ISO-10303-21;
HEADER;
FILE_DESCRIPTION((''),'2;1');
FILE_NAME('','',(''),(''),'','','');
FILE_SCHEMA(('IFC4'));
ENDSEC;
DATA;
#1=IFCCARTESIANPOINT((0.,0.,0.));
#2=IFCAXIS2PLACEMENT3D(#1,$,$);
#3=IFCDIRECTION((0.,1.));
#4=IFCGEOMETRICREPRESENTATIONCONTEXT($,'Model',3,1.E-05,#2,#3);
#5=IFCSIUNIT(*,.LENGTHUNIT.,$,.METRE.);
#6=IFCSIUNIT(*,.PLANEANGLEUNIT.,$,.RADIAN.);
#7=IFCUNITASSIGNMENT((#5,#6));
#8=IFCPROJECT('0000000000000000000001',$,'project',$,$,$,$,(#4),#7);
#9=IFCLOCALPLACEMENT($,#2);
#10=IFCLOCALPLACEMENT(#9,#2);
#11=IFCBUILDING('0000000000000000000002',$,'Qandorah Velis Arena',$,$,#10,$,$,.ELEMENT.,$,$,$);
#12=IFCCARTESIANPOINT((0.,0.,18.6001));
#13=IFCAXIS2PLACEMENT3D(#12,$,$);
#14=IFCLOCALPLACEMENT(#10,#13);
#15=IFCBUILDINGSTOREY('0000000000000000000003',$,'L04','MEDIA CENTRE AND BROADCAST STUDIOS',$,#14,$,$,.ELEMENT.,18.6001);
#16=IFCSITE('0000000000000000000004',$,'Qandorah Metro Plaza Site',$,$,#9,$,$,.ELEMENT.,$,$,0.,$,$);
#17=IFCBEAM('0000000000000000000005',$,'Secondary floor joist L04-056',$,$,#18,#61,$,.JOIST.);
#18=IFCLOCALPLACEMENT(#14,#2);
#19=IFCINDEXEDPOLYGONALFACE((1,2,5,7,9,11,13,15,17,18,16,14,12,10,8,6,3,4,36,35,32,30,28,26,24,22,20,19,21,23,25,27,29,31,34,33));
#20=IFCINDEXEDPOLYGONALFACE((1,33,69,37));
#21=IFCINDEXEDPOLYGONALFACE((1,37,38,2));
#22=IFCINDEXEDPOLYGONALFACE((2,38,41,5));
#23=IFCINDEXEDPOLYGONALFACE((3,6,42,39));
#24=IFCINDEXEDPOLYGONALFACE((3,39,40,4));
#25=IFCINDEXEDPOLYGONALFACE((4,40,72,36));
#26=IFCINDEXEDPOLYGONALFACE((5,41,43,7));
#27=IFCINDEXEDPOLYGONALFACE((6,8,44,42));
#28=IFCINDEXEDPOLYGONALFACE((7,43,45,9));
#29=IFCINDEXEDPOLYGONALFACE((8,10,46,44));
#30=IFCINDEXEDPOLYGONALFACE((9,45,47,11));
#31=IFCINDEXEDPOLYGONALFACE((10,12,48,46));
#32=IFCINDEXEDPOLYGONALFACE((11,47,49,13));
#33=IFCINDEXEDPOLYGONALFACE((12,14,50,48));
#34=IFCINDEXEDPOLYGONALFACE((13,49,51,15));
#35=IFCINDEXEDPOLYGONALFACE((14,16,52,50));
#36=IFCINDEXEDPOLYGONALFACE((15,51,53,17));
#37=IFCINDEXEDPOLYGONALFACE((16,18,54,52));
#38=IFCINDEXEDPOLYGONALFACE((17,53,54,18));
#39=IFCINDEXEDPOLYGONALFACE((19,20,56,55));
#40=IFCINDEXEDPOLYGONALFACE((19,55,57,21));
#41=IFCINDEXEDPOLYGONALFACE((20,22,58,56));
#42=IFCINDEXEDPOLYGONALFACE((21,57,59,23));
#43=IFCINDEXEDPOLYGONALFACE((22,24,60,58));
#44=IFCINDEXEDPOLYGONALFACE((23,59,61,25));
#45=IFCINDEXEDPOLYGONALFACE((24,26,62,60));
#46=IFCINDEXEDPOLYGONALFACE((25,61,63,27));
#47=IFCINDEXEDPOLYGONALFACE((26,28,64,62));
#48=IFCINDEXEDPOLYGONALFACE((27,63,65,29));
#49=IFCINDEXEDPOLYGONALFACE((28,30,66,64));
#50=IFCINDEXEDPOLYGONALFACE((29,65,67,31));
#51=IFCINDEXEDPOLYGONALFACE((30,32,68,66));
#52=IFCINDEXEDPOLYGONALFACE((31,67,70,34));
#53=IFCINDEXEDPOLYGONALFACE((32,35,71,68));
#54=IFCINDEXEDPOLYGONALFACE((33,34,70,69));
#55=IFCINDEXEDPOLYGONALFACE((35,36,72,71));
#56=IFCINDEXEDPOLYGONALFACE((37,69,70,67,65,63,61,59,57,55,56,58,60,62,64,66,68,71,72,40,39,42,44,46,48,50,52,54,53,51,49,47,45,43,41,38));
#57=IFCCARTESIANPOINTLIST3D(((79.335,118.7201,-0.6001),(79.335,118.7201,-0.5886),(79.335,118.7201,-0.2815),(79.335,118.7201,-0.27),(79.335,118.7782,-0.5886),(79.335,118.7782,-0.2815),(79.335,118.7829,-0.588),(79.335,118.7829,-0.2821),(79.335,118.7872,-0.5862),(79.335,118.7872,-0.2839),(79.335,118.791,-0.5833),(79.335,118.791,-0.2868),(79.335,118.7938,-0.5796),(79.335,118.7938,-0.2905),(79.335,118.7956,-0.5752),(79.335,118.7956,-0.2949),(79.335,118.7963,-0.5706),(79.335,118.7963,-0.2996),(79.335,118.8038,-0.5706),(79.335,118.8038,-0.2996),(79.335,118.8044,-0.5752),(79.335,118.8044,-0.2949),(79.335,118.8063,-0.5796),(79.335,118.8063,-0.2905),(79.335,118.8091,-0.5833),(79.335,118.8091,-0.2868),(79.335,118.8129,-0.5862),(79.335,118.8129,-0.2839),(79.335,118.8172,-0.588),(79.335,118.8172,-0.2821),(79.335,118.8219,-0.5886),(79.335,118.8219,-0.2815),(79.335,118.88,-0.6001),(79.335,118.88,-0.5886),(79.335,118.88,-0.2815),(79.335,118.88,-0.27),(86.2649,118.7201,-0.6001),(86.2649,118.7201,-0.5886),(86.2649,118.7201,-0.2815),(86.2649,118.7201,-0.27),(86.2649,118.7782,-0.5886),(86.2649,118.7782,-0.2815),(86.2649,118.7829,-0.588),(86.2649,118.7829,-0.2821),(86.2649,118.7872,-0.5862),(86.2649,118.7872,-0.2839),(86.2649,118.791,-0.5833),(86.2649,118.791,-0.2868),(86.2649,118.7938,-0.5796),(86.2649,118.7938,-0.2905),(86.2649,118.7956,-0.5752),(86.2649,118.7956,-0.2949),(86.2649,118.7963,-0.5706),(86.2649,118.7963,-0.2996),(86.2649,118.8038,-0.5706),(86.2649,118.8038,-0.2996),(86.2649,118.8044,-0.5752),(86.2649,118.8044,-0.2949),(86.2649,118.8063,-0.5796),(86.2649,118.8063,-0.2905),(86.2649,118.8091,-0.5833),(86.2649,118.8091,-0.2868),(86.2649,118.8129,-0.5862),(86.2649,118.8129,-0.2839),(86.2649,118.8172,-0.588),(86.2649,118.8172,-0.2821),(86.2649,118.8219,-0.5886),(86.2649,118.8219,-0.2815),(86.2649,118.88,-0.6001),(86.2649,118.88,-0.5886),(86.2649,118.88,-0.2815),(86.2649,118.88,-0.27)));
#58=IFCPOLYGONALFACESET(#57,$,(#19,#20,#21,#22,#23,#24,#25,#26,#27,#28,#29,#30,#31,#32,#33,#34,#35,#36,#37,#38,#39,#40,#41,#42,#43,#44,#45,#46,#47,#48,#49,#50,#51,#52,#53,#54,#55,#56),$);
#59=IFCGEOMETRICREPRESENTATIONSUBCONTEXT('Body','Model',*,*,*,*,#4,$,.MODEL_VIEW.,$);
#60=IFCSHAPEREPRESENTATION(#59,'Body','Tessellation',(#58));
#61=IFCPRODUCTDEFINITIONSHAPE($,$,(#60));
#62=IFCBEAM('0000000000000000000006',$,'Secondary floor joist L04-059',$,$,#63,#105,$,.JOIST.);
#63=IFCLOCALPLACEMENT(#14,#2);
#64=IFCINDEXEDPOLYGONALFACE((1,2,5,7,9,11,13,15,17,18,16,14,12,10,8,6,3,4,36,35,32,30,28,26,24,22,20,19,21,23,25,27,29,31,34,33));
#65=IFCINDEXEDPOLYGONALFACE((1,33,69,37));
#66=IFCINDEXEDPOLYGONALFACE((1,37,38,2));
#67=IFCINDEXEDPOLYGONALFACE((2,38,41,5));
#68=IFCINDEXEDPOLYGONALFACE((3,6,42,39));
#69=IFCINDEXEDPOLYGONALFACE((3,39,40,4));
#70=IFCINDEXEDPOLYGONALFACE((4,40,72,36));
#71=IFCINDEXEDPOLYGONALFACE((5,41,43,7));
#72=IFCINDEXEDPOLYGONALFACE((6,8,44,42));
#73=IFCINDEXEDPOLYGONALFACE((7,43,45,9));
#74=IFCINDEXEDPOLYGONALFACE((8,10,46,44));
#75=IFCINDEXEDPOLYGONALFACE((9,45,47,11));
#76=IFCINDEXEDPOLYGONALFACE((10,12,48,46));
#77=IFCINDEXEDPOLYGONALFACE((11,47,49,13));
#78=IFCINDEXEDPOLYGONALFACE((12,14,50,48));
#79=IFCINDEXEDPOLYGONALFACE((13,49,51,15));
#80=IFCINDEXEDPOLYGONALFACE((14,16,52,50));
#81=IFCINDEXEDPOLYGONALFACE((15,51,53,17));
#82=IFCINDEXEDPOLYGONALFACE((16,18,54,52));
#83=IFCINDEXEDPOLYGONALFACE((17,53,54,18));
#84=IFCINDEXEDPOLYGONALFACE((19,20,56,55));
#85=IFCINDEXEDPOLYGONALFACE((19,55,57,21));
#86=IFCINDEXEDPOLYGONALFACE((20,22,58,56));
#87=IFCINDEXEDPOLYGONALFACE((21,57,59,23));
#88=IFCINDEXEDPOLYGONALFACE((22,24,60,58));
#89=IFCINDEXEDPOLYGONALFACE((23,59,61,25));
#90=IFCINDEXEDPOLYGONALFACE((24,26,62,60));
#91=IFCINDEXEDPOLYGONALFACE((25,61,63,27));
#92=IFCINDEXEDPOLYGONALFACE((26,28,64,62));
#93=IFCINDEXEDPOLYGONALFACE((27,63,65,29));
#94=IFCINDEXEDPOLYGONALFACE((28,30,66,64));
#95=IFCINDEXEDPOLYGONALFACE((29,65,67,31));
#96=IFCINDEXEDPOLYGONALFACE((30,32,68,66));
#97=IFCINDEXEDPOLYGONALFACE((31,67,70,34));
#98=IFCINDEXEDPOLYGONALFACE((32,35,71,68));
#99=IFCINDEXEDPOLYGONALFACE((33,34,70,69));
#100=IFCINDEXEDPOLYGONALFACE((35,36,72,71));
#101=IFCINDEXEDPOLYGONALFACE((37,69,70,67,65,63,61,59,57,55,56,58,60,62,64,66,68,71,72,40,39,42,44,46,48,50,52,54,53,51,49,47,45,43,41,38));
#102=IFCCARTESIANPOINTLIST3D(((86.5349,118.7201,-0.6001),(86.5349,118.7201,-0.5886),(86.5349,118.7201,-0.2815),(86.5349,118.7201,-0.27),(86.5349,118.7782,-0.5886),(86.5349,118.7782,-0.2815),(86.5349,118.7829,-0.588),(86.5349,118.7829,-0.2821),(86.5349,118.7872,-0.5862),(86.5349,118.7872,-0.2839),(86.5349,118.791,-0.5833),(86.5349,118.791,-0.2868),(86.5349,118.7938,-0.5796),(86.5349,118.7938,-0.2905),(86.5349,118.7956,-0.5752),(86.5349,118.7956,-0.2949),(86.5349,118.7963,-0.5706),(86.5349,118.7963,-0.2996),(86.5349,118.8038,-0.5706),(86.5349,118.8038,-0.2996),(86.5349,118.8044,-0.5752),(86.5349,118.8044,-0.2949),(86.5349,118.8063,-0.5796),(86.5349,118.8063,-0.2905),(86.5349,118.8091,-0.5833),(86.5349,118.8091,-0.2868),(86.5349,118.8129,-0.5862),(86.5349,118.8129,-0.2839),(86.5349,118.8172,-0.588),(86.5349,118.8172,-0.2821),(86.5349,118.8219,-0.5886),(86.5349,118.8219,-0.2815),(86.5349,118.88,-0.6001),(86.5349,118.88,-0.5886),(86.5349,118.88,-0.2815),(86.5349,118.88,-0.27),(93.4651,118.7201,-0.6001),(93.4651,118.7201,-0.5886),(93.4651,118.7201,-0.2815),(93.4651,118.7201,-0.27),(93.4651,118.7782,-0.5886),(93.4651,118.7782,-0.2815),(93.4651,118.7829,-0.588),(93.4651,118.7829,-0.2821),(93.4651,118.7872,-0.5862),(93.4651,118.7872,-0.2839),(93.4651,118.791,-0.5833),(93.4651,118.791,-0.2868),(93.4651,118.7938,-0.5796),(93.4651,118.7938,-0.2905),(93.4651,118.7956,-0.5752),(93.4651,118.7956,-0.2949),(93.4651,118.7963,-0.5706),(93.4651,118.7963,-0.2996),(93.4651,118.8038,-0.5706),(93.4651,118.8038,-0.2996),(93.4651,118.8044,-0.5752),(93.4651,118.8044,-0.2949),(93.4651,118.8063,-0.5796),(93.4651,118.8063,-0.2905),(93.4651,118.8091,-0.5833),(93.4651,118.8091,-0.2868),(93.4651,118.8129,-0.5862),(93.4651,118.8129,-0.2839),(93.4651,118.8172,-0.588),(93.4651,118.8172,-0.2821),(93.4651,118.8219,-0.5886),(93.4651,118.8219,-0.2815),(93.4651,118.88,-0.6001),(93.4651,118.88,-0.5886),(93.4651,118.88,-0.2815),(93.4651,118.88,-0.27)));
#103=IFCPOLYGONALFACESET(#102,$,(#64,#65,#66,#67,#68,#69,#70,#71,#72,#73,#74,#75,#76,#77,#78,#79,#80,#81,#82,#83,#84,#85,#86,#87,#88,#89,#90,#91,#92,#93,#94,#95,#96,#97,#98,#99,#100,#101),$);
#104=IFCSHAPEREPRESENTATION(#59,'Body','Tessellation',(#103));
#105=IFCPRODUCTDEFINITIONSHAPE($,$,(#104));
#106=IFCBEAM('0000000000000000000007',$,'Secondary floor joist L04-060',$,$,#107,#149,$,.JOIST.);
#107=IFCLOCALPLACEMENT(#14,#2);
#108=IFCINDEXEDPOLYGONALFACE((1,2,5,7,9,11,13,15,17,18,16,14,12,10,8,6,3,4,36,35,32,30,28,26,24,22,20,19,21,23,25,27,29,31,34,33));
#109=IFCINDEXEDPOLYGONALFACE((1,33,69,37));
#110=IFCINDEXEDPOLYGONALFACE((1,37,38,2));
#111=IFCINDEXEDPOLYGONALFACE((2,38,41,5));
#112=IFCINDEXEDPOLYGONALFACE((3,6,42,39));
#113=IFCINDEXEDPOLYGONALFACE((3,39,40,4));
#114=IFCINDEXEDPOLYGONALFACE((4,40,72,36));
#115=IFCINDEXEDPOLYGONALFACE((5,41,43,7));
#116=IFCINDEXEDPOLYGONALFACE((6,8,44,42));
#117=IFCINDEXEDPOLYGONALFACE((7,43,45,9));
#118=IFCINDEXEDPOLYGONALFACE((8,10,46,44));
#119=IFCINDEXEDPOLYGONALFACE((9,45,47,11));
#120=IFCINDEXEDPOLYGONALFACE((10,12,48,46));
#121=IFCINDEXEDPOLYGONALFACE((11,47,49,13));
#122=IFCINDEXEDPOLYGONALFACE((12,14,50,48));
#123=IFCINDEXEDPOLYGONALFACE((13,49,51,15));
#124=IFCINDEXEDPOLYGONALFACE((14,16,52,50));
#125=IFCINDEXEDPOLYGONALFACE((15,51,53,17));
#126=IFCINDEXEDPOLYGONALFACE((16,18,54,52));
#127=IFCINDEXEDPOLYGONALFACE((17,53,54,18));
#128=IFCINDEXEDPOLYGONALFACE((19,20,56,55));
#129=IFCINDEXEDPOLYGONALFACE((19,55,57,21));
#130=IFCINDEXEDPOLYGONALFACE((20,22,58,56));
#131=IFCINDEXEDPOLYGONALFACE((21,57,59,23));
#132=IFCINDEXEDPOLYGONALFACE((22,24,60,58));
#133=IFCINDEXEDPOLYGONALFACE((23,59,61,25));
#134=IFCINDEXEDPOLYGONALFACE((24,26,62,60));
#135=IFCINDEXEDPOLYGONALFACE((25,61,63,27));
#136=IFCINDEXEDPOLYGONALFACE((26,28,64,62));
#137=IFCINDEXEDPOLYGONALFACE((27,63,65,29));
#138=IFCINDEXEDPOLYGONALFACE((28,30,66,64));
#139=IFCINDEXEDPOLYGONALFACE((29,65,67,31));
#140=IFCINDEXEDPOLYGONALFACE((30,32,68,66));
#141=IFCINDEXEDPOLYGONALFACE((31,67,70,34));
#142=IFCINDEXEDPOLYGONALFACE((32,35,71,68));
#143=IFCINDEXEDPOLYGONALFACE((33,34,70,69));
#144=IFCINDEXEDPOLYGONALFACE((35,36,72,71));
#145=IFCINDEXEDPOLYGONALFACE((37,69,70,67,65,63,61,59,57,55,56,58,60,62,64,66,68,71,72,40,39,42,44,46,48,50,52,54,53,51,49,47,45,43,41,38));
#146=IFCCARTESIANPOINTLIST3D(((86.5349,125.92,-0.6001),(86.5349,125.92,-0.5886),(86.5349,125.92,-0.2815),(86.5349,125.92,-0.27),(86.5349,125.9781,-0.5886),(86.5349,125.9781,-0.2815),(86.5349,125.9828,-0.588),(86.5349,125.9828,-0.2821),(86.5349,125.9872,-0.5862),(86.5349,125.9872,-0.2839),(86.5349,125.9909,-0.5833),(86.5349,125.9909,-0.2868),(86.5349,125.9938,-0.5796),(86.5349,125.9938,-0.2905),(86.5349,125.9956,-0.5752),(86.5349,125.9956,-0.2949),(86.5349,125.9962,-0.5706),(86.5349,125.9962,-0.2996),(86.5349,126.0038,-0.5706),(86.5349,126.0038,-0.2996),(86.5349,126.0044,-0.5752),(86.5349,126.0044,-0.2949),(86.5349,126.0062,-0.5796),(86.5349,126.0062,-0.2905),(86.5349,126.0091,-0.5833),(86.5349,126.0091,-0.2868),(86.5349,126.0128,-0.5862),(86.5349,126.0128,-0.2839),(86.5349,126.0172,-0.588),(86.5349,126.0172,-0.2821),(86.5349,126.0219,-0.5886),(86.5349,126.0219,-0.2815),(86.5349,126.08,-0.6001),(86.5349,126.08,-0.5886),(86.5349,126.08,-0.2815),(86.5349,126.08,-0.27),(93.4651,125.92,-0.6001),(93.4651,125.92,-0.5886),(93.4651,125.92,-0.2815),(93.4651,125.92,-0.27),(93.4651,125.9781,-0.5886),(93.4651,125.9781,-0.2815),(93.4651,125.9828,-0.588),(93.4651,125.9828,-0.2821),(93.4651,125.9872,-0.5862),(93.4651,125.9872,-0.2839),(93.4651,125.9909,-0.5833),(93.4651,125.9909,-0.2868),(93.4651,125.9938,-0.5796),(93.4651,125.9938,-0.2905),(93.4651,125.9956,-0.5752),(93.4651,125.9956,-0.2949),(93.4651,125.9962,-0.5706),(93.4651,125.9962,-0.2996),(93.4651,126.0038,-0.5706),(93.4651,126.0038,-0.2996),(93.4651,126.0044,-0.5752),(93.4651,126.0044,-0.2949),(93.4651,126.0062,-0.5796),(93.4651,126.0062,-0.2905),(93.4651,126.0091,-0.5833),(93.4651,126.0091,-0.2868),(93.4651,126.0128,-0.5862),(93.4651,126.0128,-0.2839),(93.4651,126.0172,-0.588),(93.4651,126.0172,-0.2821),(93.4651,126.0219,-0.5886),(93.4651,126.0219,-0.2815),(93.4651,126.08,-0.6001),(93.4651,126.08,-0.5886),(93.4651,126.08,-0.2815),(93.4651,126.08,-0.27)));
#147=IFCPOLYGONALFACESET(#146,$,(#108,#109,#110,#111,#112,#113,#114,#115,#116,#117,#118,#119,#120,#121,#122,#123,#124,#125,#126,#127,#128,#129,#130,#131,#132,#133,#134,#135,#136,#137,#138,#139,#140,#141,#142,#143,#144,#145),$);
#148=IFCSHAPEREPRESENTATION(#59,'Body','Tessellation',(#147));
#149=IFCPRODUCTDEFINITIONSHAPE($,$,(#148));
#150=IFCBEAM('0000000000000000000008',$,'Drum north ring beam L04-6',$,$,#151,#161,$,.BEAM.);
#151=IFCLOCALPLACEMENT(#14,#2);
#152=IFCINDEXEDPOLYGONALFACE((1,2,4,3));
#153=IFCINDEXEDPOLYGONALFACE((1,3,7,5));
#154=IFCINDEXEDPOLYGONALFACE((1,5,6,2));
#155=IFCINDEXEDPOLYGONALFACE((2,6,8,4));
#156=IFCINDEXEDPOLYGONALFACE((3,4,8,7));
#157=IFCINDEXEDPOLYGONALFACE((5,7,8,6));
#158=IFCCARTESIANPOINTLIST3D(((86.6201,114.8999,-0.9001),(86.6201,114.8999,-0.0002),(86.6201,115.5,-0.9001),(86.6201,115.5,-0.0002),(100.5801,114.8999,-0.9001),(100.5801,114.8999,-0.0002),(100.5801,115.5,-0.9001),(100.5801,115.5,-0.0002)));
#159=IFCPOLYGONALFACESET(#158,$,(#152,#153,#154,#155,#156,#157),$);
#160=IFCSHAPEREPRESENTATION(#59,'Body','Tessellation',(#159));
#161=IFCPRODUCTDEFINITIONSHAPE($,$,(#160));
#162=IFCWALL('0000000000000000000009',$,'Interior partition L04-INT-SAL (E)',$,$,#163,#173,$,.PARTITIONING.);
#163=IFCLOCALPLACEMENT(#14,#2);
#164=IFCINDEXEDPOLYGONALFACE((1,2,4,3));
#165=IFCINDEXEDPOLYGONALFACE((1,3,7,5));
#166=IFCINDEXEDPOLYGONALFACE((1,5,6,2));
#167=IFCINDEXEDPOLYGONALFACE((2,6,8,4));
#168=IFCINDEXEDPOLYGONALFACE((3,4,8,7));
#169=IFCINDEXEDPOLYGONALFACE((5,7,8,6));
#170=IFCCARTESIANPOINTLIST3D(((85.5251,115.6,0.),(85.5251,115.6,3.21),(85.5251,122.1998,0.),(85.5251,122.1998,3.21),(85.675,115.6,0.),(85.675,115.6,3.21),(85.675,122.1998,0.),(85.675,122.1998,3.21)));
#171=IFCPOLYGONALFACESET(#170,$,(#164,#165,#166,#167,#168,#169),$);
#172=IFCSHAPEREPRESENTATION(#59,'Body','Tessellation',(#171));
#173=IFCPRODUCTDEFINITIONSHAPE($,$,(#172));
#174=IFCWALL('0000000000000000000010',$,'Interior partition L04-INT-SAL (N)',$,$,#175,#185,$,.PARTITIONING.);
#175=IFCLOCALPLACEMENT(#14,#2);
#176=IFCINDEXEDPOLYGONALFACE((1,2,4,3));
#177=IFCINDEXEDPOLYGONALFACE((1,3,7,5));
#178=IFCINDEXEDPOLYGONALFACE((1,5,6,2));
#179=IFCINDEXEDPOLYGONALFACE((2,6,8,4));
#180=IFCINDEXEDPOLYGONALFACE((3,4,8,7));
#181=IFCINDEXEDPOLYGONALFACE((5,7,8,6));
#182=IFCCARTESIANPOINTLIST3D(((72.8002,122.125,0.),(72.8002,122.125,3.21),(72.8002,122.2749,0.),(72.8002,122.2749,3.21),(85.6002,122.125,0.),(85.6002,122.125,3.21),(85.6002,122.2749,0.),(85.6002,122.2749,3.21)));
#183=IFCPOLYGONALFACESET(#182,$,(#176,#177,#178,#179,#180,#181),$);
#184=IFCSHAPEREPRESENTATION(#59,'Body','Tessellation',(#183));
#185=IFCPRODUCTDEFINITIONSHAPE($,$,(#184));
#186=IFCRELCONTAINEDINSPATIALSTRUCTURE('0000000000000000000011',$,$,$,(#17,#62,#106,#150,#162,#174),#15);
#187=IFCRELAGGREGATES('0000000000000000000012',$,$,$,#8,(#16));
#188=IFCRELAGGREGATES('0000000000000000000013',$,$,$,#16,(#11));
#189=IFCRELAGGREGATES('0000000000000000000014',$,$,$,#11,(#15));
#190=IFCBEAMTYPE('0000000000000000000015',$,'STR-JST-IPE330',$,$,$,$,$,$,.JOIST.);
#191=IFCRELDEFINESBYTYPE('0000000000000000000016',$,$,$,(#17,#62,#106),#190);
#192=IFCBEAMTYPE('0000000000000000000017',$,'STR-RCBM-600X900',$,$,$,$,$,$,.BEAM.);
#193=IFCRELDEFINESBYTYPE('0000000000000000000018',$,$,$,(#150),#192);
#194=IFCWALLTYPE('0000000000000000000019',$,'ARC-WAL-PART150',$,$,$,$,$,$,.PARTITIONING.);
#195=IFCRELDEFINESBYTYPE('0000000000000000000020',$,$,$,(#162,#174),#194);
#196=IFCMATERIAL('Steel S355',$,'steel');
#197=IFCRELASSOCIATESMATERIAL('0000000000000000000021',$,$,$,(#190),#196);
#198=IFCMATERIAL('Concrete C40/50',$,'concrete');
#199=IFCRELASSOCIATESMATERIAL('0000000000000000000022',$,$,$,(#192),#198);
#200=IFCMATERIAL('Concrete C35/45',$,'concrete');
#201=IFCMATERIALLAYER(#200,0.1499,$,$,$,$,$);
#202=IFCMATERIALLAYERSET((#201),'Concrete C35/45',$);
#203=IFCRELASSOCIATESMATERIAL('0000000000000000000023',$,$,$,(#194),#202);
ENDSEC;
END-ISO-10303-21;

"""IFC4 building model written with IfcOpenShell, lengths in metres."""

from ifc_helpers import new_model, si_unit, direction, frame, frame_2d, origin, origin_2d, place, context, subcontext, project, spatial, rectangle, i_section, extrude, material, layer, layer_set, material_profile, profile_set, type_object, element, save


model = new_model("IFC4")

# Units and contexts
model_context = context("Model", 3, precision=1e-05, world=origin(), true_north=direction((0.0, 1.0)))
body_context = subcontext(model_context, "Body", "Model", "MODEL_VIEW")
ifc_project = project(units=[si_unit("LENGTHUNIT", "METRE"), si_unit("PLANEANGLEUNIT", "RADIAN")], contexts=[model_context])

# Site, building, storey
site_placement = place(None, origin())
site = spatial("IfcSite", under=ifc_project, at=site_placement, Name="Qandorah Metro Plaza Site", CompositionType="ELEMENT", RefElevation=0.0)
building_placement = place(site_placement, origin())
building = spatial("IfcBuilding", under=site, at=building_placement, Name="Qandorah Velis Arena", CompositionType="ELEMENT")
storey_placement = place(building_placement, frame((0.0, 0.0, 18.6001)))
storey = spatial("IfcBuildingStorey", under=building, at=storey_placement, Name="L04", Description="MEDIA CENTRE AND BROADCAST STUDIOS", CompositionType="ELEMENT", Elevation=18.6001)

# Shared definitions
ifc_material_1 = material(Name="Concrete C40/50", Category="concrete")

# Beams
ifc_material_2 = material(Name="Steel S355", Category="steel")
ifc_material_profile_1 = material_profile(ifc_material_2, i_section(OverallWidth=0.1599, OverallDepth=0.3301, WebThickness=0.0076, FlangeThickness=0.0115, FilletRadius=0.0181, at=origin_2d()), Name="IPE 330")
ifc_profile_set_1 = profile_set([ifc_material_profile_1], Name="Steel S355")
beam_type_1 = type_object("IfcBeamType", Name="STR-JST-IPE330", PredefinedType="JOIST", material=ifc_profile_set_1)
for number, where, z_axis, x_axis, name in (
    (1, (79.335, 118.8, -0.4351), (1.0, 0.0, 0.0), (0.0, 1.0, 0.0), "Secondary floor joist L04-056"),
):
    element("IfcBeam", number, at=place(storey_placement, frame(where, z_axis=z_axis, x_axis=x_axis)), inside=storey, type_object=beam_type_1, Name=name, PredefinedType="JOIST", context=body_context, shape_type="SweptSolid", body=[
        extrude(i_section(OverallWidth=0.1599, OverallDepth=0.3301, WebThickness=0.0076, FlangeThickness=0.0115, FilletRadius=0.0181, at=origin_2d()), origin(), (0.0, 0.0, 1.0), 6.9299),
    ])
for number, where, z_axis, x_axis, name in (
    (2, (86.5349, 118.8, -0.4351), (1.0, 0.0, 0.0), (0.0, 1.0, 0.0), "Secondary floor joist L04-059"),
    (3, (86.5349, 126.0, -0.4351), (1.0, 0.0, 0.0), (0.0, 1.0, 0.0), "Secondary floor joist L04-060"),
):
    element("IfcBeam", number, at=place(storey_placement, frame(where, z_axis=z_axis, x_axis=x_axis)), inside=storey, type_object=beam_type_1, Name=name, PredefinedType="JOIST", context=body_context, shape_type="SweptSolid", body=[
        extrude(i_section(OverallWidth=0.1599, OverallDepth=0.3301, WebThickness=0.0076, FlangeThickness=0.0115, FilletRadius=0.0181, at=origin_2d()), origin(), (0.0, 0.0, 1.0), 6.9302),
    ])
ifc_material_profile_2 = material_profile(ifc_material_1, rectangle(XDim=0.6001, YDim=0.8999, at=origin_2d()), Name="RC BM 600x900")
ifc_profile_set_2 = profile_set([ifc_material_profile_2], Name="Concrete C40/50")
beam_type_2 = type_object("IfcBeamType", Name="STR-RCBM-600X900", PredefinedType="BEAM", material=ifc_profile_set_2)
beam_1_placement = place(storey_placement, frame((86.6201, 115.2, -0.4502), z_axis=(1.0, 0.0, 0.0), x_axis=(0.0, 1.0, 0.0)))
element("IfcBeam", 4, at=beam_1_placement, inside=storey, type_object=beam_type_2, Name="Drum north ring beam L04-6", PredefinedType="BEAM", context=body_context, shape_type="SweptSolid", body=[
    extrude(rectangle(XDim=0.6001, YDim=0.8999, at=origin_2d()), origin(), (0.0, 0.0, 1.0), 13.96),
])

# Walls
ifc_material_3 = material(Name="Concrete C35/45", Category="concrete")
ifc_layer_1 = layer(ifc_material_3, 0.1499)
ifc_layer_set_1 = layer_set([ifc_layer_1], Name="Concrete C35/45")
wall_type_1 = type_object("IfcWallType", Name="ARC-WAL-PART150", PredefinedType="PARTITIONING", material=ifc_layer_set_1)
wall_1_placement = place(storey_placement, frame((85.6001, 115.6001, 0.0), z_axis=(0.0, 0.0, 1.0), x_axis=(0.0, 1.0, 0.0)))
element("IfcWall", 5, at=wall_1_placement, inside=storey, type_object=wall_type_1, Name="Interior partition L04-INT-SAL (E)", PredefinedType="PARTITIONING", context=body_context, shape_type="SweptSolid", body=[
    extrude(rectangle(XDim=6.5999, YDim=0.1499, at=frame_2d((3.2998, 0.0))), origin(), (0.0, 0.0, 1.0), 3.21),
])
wall_2_placement = place(storey_placement, frame((85.6001, 122.2, 0.0), z_axis=(0.0, 0.0, 1.0), x_axis=(-1.0, 0.0, 0.0)))
element("IfcWall", 6, at=wall_2_placement, inside=storey, type_object=wall_type_1, Name="Interior partition L04-INT-SAL (N)", PredefinedType="PARTITIONING", context=body_context, shape_type="SweptSolid", body=[
    extrude(rectangle(XDim=12.8, YDim=0.1499, at=frame_2d((6.3999, 0.0))), origin(), (0.0, 0.0, 1.0), 3.21),
])

save(model, "model.ifc")
